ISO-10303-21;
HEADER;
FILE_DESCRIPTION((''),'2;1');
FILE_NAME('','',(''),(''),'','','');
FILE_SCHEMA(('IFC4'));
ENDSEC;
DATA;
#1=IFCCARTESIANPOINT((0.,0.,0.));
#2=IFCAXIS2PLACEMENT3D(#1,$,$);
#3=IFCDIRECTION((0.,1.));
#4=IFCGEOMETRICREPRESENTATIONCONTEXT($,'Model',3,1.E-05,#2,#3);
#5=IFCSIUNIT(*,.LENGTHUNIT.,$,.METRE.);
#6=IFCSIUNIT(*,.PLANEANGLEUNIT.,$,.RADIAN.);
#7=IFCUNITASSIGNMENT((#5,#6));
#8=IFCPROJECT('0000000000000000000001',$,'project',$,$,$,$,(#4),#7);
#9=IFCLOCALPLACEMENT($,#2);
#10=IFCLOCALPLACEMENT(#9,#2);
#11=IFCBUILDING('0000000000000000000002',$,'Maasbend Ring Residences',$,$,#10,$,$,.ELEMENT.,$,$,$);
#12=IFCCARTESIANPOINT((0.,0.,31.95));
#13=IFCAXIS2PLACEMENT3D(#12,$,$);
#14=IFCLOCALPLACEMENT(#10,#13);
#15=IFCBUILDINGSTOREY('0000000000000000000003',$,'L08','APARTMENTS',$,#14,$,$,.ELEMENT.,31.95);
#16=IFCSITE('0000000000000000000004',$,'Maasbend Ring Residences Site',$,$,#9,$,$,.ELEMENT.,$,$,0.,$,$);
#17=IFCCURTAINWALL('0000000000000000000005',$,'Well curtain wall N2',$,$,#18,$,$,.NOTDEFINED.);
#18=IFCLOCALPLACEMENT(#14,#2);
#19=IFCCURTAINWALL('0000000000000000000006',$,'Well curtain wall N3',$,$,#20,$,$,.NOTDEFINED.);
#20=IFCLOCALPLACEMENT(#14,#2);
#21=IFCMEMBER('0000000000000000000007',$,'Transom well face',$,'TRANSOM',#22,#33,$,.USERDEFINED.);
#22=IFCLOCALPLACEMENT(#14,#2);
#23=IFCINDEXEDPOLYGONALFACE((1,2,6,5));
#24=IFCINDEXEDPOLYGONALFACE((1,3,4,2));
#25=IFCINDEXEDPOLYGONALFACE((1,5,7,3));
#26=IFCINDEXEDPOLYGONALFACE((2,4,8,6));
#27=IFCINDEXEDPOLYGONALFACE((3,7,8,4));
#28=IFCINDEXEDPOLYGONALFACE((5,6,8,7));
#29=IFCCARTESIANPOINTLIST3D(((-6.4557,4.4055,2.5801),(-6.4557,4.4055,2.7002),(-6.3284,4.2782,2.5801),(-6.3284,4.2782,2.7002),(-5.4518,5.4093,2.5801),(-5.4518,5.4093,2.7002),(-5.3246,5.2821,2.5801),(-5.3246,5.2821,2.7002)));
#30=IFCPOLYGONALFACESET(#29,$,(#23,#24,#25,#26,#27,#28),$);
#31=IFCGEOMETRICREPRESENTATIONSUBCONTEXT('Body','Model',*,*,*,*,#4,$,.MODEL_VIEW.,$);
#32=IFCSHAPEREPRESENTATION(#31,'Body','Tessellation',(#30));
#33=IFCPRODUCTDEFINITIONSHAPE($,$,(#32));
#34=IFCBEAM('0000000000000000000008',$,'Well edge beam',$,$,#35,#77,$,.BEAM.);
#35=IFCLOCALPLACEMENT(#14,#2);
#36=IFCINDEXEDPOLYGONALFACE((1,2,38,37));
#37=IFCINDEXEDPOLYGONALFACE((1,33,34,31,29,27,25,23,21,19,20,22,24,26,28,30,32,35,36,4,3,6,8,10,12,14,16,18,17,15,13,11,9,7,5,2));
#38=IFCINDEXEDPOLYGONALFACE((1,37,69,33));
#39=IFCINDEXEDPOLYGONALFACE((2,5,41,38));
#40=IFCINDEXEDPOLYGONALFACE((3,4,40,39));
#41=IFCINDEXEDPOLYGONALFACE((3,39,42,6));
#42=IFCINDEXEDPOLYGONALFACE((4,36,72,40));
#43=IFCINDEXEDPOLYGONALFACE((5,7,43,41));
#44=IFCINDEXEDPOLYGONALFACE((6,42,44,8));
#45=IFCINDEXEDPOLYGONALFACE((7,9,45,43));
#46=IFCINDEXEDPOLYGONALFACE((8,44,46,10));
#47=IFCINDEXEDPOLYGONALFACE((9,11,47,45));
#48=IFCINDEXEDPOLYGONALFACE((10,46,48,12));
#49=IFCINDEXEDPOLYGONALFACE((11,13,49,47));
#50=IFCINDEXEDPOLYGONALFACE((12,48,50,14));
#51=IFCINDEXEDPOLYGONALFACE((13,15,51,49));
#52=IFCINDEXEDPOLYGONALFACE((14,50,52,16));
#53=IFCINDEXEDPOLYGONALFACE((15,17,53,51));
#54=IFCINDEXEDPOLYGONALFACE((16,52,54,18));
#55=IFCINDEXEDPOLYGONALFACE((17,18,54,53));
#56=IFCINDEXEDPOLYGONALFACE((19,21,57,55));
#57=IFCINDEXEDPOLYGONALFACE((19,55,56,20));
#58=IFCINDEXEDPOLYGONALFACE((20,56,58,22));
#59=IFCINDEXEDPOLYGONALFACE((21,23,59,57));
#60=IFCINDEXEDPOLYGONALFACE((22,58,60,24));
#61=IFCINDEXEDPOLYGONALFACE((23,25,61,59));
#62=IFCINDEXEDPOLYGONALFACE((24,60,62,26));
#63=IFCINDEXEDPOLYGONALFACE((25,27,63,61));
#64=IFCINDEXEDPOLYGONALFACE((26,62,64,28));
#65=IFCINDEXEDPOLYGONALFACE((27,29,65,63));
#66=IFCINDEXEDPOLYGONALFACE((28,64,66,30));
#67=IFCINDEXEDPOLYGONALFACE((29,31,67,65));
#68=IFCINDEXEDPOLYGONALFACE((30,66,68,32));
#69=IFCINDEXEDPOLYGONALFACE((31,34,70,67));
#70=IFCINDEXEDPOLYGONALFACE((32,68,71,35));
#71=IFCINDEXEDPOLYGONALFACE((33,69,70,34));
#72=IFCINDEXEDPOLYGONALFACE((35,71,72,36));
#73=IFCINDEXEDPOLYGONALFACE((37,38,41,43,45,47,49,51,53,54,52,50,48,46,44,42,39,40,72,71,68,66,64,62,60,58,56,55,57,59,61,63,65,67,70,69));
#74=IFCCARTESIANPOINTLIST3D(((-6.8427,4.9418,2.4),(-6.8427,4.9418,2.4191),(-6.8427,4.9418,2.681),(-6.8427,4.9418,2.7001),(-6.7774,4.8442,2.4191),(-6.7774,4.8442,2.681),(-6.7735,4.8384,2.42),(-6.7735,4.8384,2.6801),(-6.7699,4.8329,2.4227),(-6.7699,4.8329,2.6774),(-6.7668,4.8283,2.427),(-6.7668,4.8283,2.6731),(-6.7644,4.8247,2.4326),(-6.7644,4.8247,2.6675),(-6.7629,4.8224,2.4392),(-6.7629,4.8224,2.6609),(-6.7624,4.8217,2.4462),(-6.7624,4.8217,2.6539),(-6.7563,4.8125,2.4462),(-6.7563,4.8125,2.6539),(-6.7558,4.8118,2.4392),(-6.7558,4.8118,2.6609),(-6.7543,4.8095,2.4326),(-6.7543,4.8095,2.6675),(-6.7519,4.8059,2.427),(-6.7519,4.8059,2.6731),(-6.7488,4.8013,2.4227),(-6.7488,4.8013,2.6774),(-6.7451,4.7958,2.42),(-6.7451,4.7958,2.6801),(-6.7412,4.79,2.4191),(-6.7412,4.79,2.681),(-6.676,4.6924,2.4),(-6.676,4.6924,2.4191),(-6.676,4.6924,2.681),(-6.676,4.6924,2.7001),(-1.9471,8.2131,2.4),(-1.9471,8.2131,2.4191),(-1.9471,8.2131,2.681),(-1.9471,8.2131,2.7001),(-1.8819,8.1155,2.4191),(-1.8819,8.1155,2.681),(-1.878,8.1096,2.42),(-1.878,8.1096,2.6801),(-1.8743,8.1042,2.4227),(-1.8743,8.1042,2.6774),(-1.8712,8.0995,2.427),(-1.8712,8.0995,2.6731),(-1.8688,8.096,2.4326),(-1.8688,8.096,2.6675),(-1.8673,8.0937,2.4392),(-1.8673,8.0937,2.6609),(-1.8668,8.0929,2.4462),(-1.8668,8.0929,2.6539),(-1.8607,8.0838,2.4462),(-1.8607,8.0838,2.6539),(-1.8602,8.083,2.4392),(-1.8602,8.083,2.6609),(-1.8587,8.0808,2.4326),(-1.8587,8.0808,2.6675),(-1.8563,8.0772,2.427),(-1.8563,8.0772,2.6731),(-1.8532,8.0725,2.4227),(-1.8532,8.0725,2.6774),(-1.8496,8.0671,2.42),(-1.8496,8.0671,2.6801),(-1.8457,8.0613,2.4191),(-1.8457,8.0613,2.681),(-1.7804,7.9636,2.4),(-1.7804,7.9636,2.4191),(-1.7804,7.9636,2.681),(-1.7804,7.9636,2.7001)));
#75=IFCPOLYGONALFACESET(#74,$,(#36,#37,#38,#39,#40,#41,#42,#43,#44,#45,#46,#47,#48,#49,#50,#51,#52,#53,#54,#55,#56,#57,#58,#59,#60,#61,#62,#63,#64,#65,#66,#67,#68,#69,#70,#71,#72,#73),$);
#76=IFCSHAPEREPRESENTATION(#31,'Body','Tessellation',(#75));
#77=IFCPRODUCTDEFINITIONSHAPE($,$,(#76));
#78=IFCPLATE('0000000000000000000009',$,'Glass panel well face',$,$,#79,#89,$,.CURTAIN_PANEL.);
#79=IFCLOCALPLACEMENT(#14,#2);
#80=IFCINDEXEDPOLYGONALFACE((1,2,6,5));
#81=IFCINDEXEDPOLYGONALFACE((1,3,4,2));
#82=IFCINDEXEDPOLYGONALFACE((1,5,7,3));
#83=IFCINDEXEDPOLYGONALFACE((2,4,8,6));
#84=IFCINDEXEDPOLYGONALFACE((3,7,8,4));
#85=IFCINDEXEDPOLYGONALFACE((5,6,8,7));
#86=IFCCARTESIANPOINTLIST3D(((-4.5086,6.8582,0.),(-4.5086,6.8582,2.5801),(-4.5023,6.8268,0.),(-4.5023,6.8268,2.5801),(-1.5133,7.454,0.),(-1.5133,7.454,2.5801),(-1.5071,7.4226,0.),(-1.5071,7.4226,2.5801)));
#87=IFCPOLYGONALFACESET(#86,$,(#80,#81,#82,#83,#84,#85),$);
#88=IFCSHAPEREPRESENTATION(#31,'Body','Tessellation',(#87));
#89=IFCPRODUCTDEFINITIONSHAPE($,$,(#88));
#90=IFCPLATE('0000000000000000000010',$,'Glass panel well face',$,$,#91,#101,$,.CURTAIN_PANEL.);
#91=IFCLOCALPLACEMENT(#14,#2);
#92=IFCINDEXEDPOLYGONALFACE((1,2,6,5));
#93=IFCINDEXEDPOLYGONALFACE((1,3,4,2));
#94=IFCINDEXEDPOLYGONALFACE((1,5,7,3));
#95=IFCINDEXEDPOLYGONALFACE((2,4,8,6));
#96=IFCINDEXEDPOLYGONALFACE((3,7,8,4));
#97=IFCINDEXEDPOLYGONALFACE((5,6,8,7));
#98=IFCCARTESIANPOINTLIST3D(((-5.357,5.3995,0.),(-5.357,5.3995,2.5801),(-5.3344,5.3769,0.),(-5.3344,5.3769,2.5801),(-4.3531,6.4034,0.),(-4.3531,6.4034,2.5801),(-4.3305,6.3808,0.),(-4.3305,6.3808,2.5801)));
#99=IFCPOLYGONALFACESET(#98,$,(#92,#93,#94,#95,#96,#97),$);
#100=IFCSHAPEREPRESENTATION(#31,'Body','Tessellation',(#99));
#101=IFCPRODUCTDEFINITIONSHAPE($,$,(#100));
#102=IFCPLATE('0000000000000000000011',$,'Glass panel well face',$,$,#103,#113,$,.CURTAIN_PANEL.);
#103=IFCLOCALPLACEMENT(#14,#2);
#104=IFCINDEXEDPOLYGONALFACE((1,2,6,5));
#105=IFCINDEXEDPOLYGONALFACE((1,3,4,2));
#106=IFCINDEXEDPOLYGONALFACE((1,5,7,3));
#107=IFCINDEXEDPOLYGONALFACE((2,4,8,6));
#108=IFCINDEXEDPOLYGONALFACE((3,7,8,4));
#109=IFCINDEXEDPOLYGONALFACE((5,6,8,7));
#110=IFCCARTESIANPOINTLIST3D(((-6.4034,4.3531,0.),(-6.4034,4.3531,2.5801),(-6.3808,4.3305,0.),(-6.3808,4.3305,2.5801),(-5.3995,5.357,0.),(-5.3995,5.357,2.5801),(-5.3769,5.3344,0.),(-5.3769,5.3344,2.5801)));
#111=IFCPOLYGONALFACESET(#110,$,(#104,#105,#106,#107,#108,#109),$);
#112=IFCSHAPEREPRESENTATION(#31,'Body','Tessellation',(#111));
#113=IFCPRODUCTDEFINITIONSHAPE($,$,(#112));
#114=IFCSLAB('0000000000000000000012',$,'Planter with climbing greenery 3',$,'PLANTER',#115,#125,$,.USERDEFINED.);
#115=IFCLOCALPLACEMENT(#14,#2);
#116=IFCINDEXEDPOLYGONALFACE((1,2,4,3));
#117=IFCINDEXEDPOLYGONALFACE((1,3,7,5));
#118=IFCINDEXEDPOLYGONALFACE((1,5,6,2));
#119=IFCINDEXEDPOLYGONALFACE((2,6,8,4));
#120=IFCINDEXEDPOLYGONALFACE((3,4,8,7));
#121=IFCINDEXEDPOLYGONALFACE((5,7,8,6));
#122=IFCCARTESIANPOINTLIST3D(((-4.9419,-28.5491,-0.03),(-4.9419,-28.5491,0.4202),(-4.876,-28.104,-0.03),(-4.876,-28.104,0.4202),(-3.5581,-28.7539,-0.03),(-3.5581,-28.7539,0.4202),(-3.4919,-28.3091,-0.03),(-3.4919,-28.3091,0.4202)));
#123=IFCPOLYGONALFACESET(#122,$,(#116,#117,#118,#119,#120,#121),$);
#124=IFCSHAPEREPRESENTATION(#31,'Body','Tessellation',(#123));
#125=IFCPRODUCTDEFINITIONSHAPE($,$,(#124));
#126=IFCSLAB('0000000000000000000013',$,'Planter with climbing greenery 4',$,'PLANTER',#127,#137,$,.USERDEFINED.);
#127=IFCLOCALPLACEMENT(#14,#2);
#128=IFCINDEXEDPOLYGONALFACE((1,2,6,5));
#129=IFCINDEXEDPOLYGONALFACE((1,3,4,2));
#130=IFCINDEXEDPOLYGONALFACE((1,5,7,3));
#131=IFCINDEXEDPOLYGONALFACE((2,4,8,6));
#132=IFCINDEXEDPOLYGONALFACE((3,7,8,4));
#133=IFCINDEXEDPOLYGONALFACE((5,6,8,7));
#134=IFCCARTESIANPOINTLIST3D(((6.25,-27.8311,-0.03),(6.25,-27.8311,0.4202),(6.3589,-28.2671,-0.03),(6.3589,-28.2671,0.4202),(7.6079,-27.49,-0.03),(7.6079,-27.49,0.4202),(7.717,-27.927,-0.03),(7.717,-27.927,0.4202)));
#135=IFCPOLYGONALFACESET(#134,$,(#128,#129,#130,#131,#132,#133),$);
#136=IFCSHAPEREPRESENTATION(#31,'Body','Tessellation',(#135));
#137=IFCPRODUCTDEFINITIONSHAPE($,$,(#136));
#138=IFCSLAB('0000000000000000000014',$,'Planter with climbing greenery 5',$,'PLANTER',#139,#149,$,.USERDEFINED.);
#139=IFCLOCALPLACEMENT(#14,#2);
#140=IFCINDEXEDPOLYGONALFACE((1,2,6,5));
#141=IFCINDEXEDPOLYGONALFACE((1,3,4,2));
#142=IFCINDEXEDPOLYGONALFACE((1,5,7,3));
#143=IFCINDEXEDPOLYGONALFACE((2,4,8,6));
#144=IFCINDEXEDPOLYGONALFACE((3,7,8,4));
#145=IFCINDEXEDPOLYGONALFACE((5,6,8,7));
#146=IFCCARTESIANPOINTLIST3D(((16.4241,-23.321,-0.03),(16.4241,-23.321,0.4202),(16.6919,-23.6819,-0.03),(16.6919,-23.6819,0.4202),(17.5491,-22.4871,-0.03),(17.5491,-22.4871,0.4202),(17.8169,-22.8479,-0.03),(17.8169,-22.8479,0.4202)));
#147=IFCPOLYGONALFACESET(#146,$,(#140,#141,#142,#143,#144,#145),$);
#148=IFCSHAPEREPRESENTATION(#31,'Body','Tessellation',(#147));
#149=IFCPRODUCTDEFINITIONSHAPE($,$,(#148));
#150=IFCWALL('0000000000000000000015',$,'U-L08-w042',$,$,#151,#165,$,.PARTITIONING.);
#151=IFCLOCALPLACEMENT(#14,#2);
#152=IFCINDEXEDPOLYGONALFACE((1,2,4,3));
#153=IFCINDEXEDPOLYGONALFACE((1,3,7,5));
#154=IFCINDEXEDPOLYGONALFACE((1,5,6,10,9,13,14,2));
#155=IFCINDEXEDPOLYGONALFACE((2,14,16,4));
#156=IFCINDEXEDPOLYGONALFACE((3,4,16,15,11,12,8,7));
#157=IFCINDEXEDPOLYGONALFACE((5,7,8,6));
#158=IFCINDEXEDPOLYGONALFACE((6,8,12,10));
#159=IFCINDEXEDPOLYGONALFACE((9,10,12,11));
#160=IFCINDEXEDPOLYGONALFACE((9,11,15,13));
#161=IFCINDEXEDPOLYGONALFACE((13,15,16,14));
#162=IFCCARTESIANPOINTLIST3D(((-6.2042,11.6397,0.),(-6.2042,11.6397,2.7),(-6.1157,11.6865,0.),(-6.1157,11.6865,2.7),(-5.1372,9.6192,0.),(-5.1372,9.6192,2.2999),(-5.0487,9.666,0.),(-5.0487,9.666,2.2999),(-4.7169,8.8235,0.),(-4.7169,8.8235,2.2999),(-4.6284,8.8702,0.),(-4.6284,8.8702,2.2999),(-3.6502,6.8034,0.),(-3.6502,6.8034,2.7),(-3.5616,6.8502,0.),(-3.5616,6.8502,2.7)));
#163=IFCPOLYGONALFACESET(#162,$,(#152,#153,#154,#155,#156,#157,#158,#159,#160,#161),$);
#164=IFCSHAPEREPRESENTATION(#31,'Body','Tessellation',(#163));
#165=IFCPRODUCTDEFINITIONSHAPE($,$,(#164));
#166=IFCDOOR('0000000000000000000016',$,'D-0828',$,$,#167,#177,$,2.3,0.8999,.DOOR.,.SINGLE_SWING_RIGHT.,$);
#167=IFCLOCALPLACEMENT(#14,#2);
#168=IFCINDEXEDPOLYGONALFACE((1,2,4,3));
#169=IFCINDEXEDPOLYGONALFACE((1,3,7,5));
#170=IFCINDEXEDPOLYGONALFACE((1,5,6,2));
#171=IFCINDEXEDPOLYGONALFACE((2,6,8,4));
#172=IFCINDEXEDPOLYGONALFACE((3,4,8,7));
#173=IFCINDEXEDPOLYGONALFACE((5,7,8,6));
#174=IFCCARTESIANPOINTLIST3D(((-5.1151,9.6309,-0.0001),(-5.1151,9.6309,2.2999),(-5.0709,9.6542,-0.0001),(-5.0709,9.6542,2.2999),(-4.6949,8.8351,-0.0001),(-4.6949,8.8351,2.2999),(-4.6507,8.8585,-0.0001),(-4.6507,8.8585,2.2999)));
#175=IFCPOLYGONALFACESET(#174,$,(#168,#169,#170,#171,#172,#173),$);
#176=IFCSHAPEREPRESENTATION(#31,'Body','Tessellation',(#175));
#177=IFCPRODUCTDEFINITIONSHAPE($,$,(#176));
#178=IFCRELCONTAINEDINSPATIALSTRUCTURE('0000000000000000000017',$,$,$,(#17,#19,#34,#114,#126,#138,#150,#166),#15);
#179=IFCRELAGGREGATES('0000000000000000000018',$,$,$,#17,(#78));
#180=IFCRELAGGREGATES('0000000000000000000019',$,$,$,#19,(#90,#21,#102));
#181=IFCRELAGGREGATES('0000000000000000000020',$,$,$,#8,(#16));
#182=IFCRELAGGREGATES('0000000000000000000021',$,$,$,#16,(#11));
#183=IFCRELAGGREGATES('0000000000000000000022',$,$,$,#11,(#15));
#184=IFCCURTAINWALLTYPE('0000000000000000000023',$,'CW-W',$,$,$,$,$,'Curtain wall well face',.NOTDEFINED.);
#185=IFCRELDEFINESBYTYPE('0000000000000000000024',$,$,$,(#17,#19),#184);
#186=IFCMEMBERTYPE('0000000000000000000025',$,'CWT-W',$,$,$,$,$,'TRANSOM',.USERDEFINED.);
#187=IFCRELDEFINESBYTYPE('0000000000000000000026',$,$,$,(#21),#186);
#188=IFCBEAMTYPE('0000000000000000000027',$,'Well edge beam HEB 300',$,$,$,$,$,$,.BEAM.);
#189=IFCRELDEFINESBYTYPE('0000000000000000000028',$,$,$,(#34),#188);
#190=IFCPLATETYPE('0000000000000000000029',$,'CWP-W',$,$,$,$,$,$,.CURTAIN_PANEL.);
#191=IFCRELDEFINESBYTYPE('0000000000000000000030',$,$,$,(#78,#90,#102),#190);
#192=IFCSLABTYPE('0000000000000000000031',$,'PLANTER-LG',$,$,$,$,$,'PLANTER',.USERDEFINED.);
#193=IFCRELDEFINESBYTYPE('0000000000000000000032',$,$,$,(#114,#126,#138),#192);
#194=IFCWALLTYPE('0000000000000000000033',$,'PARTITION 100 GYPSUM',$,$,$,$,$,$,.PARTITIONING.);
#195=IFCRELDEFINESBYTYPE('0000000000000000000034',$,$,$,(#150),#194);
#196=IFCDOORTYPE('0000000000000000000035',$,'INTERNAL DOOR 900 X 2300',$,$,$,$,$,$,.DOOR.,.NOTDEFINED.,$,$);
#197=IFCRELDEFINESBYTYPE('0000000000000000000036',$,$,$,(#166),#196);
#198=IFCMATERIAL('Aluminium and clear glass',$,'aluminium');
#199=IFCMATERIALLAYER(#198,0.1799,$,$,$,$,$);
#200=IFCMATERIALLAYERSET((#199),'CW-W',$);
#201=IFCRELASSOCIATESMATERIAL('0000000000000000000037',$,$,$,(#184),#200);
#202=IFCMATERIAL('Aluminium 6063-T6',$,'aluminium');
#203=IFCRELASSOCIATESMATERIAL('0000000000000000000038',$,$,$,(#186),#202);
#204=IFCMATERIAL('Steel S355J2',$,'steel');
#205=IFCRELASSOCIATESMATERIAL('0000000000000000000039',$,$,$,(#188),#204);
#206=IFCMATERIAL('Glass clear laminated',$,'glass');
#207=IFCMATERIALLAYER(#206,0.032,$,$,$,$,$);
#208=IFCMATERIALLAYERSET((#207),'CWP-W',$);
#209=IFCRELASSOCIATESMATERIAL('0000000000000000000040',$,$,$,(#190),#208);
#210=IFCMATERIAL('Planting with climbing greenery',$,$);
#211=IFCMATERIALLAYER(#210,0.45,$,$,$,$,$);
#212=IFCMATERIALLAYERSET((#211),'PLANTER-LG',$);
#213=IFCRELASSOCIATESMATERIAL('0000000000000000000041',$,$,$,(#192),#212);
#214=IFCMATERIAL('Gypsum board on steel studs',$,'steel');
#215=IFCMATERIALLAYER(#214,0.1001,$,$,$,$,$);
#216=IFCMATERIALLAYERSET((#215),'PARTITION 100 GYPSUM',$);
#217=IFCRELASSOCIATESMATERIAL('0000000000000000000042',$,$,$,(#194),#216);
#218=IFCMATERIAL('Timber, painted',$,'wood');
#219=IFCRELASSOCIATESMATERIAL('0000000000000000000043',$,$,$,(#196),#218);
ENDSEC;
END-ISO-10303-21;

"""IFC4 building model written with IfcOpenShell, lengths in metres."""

from ifc_helpers import new_model, si_unit, direction, frame, frame_2d, origin, origin_2d, place, context, subcontext, project, spatial, polyline, rectangle, i_section, outline, extrude, material, layer, layer_set, material_profile, profile_set, type_object, element, fill, aggregate, save


model = new_model("IFC4")

# Units and contexts
model_context = context("Model", 3, precision=1e-05, world=origin(), true_north=direction((0.0, 1.0)))
body_context = subcontext(model_context, "Body", "Model", "MODEL_VIEW")
ifc_project = project(units=[si_unit("LENGTHUNIT", "METRE"), si_unit("PLANEANGLEUNIT", "RADIAN")], contexts=[model_context])

# Site, building, storey
site_placement = place(None, origin())
site = spatial("IfcSite", under=ifc_project, at=site_placement, Name="Maasbend Ring Residences Site", CompositionType="ELEMENT", RefElevation=0.0)
building_placement = place(site_placement, origin())
building = spatial("IfcBuilding", under=site, at=building_placement, Name="Maasbend Ring Residences", CompositionType="ELEMENT")
storey_placement = place(building_placement, frame((0.0, 0.0, 31.95)))
storey = spatial("IfcBuildingStorey", under=building, at=storey_placement, Name="L08", Description="APARTMENTS", CompositionType="ELEMENT", Elevation=31.95)

# Curtain walls
ifc_material_1 = material(Name="Aluminium and clear glass", Category="aluminium")
ifc_layer_1 = layer(ifc_material_1, 0.1799)
ifc_layer_set_1 = layer_set([ifc_layer_1], Name="CW-W")
curtain_wall_type = type_object("IfcCurtainWallType", Name="CW-W", ElementType="Curtain wall well face", PredefinedType="NOTDEFINED", material=ifc_layer_set_1)
curtain_wall_1_placement = place(storey_placement, origin())
curtain_wall_1 = element("IfcCurtainWall", 1, at=curtain_wall_1_placement, inside=storey, type_object=curtain_wall_type, Name="Well curtain wall N2", PredefinedType="NOTDEFINED")
curtain_wall_2_placement = place(storey_placement, origin())
curtain_wall_2 = element("IfcCurtainWall", 2, at=curtain_wall_2_placement, inside=storey, type_object=curtain_wall_type, Name="Well curtain wall N3", PredefinedType="NOTDEFINED")

# Member
ifc_material_2 = material(Name="Aluminium 6063-T6", Category="aluminium")
ifc_material_profile_1 = material_profile(ifc_material_2, rectangle(XDim=0.1799, YDim=0.1201, at=origin_2d()), Name="AL 180x120")
ifc_profile_set_1 = profile_set([ifc_material_profile_1], Name="Aluminium 6063-T6")
member_type_1 = type_object("IfcMemberType", Name="CWT-W", ElementType="TRANSOM", PredefinedType="USERDEFINED", material=ifc_profile_set_1)
member_1_placement = place(storey_placement, frame((-5.3882, 5.3457, 2.6401), z_axis=(-0.707107, -0.707107, 0.0), x_axis=(0.707107, -0.707107, 0.0)))
member_1 = element("IfcMember", 3, at=member_1_placement, type_object=member_type_1, Name="Transom well face", ObjectType="TRANSOM", PredefinedType="USERDEFINED", context=body_context, shape_type="SweptSolid", body=[
    extrude(rectangle(XDim=0.1799, YDim=0.1201, at=origin_2d()), origin(), (0.0, 0.0, 1.0), 1.4197),
])

# Beam
ifc_material_3 = material(Name="Steel S355J2", Category="steel")
ifc_material_profile_2 = material_profile(ifc_material_3, i_section(OverallWidth=0.3, OverallDepth=0.3, WebThickness=0.011, FlangeThickness=0.019, FilletRadius=0.0271, at=origin_2d()), Name="HEB 300")
ifc_profile_set_2 = profile_set([ifc_material_profile_2], Name="Steel S355J2")
beam_type = type_object("IfcBeamType", Name="Well edge beam HEB 300", PredefinedType="BEAM", material=ifc_profile_set_2)
beam_placement = place(storey_placement, frame((-1.8638, 8.0884, 2.55), z_axis=(-0.831457, -0.55559, 0.0), x_axis=(0.55559, -0.831457, 0.0)))
element("IfcBeam", 4, at=beam_placement, inside=storey, type_object=beam_type, Name="Well edge beam", PredefinedType="BEAM", context=body_context, shape_type="SweptSolid", body=[
    extrude(i_section(OverallWidth=0.3, OverallDepth=0.3, WebThickness=0.011, FlangeThickness=0.019, FilletRadius=0.0271, at=origin_2d()), origin(), (0.0, 0.0, 1.0), 5.8879),
])

# Plates
ifc_material_4 = material(Name="Glass clear laminated", Category="glass")
ifc_layer_2 = layer(ifc_material_4, 0.032)
ifc_layer_set_2 = layer_set([ifc_layer_2], Name="CWP-W")
plate_type = type_object("IfcPlateType", Name="CWP-W", PredefinedType="CURTAIN_PANEL", material=ifc_layer_set_2)
plate_1_placement = place(storey_placement, frame((-3.0078, 7.1404, 0.0), z_axis=(0.0, 0.0, 1.0), x_axis=(-0.980785, -0.19509, 0.0)))
plate_1 = element("IfcPlate", 5, at=plate_1_placement, type_object=plate_type, Name="Glass panel well face", PredefinedType="CURTAIN_PANEL", context=body_context, shape_type="SweptSolid", body=[
    extrude(rectangle(XDim=3.054, YDim=0.032, at=origin_2d()), origin(), (0.0, 0.0, 1.0), 2.5801),
])
aggregate(curtain_wall_1, [plate_1])
plate_2_placement = place(storey_placement, frame((-4.8438, 5.8901, 0.0), z_axis=(0.0, 0.0, 1.0), x_axis=(-0.707107, -0.707107, 0.0)))
plate_2 = element("IfcPlate", 6, at=plate_2_placement, type_object=plate_type, Name="Glass panel well face", PredefinedType="CURTAIN_PANEL", context=body_context, shape_type="SweptSolid", body=[
    extrude(rectangle(XDim=1.4197, YDim=0.032, at=origin_2d()), origin(), (0.0, 0.0, 1.0), 2.5801),
])
plate_3_placement = place(storey_placement, frame((-5.8901, 4.8438, 0.0), z_axis=(0.0, 0.0, 1.0), x_axis=(-0.707107, -0.707107, 0.0)))
plate_3 = element("IfcPlate", 7, at=plate_3_placement, type_object=plate_type, Name="Glass panel well face", PredefinedType="CURTAIN_PANEL", context=body_context, shape_type="SweptSolid", body=[
    extrude(rectangle(XDim=1.4197, YDim=0.032, at=origin_2d()), origin(), (0.0, 0.0, 1.0), 2.5801),
])
aggregate(curtain_wall_2, [plate_2, member_1, plate_3])

# Slabs
ifc_material_5 = material(Name="Planting with climbing greenery")
ifc_layer_3 = layer(ifc_material_5, 0.45)
ifc_layer_set_3 = layer_set([ifc_layer_3], Name="PLANTER-LG")
slab_type = type_object("IfcSlabType", Name="PLANTER-LG", ElementType="PLANTER", PredefinedType="USERDEFINED", material=ifc_layer_set_3)
slab_1_placement = place(storey_placement, frame((0.0, 0.0, -0.03)))
element("IfcSlab", 8, at=slab_1_placement, inside=storey, type_object=slab_type, Name="Planter with climbing greenery 3", ObjectType="PLANTER", PredefinedType="USERDEFINED", context=body_context, shape_type="SweptSolid", body=[
    extrude(outline(polyline([(-4.9419, -28.5491), (-3.5581, -28.7539), (-3.4919, -28.3091), (-4.876, -28.104), (-4.9419, -28.5491)])), origin(), (0.0, 0.0, 1.0), 0.4502),
])
slab_2_placement = place(storey_placement, frame((0.0, 0.0, -0.03)))
element("IfcSlab", 9, at=slab_2_placement, inside=storey, type_object=slab_type, Name="Planter with climbing greenery 4", ObjectType="PLANTER", PredefinedType="USERDEFINED", context=body_context, shape_type="SweptSolid", body=[
    extrude(outline(polyline([(6.3589, -28.2671), (7.717, -27.927), (7.6079, -27.49), (6.25, -27.8311), (6.3589, -28.2671)])), origin(), (0.0, 0.0, 1.0), 0.4502),
])
slab_3_placement = place(storey_placement, frame((0.0, 0.0, -0.03)))
element("IfcSlab", 10, at=slab_3_placement, inside=storey, type_object=slab_type, Name="Planter with climbing greenery 5", ObjectType="PLANTER", PredefinedType="USERDEFINED", context=body_context, shape_type="SweptSolid", body=[
    extrude(outline(polyline([(16.6919, -23.6819), (17.8169, -22.8479), (17.5491, -22.4871), (16.4241, -23.321), (16.6919, -23.6819)])), origin(), (0.0, 0.0, 1.0), 0.4502),
])

# Wall, opening, door
ifc_material_6 = material(Name="Gypsum board on steel studs", Category="steel")
ifc_layer_4 = layer(ifc_material_6, 0.1001)
ifc_layer_set_4 = layer_set([ifc_layer_4], Name="PARTITION 100 GYPSUM")
wall_type_1 = type_object("IfcWallType", Name="PARTITION 100 GYPSUM", PredefinedType="PARTITIONING", material=ifc_layer_set_4)
wall_1_placement = place(storey_placement, frame((-6.1599, 11.6631, 0.0), z_axis=(0.0, 0.0, 1.0), x_axis=(0.466977, -0.88427, 0.0)))
wall_1 = element("IfcWall", 11, at=wall_1_placement, inside=storey, type_object=wall_type_1, Name="U-L08-w042", PredefinedType="PARTITIONING", context=body_context, shape_type="SweptSolid", body=[
    extrude(rectangle(XDim=5.4692, YDim=0.1001, at=frame_2d((2.7346, 0.0))), origin(), (0.0, 0.0, 1.0), 2.7),
])
opening_placement = place(wall_1_placement, frame((2.2849, 0.0, 0.0)))
opening = element("IfcOpeningElement", 12, at=opening_placement, cuts=wall_1, PredefinedType="OPENING", context=body_context, shape_type="SweptSolid", body=[
    extrude(rectangle(XDim=0.8999, YDim=2.3, at=frame_2d((0.45, 1.1499))), frame((0.0, 0.0601, 0.0), z_axis=(0.0, -1.0, 0.0), x_axis=(1.0, 0.0, 0.0)), (0.0, 0.0, 1.0), 0.1201),
])
ifc_material_7 = material(Name="Timber, painted", Category="wood")
door_type = type_object("IfcDoorType", Name="INTERNAL DOOR 900 X 2300", OperationType="NOTDEFINED", PredefinedType="DOOR", material=ifc_material_7)
door_placement = place(opening_placement, origin())
door = element("IfcDoor", 13, at=door_placement, inside=storey, type_object=door_type, Name="D-0828", OperationType="SINGLE_SWING_RIGHT", OverallHeight=2.3, OverallWidth=0.8999, PredefinedType="DOOR", context=body_context, shape_type="SweptSolid", body=[
    extrude(rectangle(XDim=0.8999, YDim=2.3, at=frame_2d((0.45, 1.1499))), frame((0.0, 0.0249, 0.0), z_axis=(0.0, -1.0, 0.0), x_axis=(1.0, 0.0, 0.0)), (0.0, 0.0, 1.0), 0.05),
])
fill(opening, door)

save(model, "model.ifc")
